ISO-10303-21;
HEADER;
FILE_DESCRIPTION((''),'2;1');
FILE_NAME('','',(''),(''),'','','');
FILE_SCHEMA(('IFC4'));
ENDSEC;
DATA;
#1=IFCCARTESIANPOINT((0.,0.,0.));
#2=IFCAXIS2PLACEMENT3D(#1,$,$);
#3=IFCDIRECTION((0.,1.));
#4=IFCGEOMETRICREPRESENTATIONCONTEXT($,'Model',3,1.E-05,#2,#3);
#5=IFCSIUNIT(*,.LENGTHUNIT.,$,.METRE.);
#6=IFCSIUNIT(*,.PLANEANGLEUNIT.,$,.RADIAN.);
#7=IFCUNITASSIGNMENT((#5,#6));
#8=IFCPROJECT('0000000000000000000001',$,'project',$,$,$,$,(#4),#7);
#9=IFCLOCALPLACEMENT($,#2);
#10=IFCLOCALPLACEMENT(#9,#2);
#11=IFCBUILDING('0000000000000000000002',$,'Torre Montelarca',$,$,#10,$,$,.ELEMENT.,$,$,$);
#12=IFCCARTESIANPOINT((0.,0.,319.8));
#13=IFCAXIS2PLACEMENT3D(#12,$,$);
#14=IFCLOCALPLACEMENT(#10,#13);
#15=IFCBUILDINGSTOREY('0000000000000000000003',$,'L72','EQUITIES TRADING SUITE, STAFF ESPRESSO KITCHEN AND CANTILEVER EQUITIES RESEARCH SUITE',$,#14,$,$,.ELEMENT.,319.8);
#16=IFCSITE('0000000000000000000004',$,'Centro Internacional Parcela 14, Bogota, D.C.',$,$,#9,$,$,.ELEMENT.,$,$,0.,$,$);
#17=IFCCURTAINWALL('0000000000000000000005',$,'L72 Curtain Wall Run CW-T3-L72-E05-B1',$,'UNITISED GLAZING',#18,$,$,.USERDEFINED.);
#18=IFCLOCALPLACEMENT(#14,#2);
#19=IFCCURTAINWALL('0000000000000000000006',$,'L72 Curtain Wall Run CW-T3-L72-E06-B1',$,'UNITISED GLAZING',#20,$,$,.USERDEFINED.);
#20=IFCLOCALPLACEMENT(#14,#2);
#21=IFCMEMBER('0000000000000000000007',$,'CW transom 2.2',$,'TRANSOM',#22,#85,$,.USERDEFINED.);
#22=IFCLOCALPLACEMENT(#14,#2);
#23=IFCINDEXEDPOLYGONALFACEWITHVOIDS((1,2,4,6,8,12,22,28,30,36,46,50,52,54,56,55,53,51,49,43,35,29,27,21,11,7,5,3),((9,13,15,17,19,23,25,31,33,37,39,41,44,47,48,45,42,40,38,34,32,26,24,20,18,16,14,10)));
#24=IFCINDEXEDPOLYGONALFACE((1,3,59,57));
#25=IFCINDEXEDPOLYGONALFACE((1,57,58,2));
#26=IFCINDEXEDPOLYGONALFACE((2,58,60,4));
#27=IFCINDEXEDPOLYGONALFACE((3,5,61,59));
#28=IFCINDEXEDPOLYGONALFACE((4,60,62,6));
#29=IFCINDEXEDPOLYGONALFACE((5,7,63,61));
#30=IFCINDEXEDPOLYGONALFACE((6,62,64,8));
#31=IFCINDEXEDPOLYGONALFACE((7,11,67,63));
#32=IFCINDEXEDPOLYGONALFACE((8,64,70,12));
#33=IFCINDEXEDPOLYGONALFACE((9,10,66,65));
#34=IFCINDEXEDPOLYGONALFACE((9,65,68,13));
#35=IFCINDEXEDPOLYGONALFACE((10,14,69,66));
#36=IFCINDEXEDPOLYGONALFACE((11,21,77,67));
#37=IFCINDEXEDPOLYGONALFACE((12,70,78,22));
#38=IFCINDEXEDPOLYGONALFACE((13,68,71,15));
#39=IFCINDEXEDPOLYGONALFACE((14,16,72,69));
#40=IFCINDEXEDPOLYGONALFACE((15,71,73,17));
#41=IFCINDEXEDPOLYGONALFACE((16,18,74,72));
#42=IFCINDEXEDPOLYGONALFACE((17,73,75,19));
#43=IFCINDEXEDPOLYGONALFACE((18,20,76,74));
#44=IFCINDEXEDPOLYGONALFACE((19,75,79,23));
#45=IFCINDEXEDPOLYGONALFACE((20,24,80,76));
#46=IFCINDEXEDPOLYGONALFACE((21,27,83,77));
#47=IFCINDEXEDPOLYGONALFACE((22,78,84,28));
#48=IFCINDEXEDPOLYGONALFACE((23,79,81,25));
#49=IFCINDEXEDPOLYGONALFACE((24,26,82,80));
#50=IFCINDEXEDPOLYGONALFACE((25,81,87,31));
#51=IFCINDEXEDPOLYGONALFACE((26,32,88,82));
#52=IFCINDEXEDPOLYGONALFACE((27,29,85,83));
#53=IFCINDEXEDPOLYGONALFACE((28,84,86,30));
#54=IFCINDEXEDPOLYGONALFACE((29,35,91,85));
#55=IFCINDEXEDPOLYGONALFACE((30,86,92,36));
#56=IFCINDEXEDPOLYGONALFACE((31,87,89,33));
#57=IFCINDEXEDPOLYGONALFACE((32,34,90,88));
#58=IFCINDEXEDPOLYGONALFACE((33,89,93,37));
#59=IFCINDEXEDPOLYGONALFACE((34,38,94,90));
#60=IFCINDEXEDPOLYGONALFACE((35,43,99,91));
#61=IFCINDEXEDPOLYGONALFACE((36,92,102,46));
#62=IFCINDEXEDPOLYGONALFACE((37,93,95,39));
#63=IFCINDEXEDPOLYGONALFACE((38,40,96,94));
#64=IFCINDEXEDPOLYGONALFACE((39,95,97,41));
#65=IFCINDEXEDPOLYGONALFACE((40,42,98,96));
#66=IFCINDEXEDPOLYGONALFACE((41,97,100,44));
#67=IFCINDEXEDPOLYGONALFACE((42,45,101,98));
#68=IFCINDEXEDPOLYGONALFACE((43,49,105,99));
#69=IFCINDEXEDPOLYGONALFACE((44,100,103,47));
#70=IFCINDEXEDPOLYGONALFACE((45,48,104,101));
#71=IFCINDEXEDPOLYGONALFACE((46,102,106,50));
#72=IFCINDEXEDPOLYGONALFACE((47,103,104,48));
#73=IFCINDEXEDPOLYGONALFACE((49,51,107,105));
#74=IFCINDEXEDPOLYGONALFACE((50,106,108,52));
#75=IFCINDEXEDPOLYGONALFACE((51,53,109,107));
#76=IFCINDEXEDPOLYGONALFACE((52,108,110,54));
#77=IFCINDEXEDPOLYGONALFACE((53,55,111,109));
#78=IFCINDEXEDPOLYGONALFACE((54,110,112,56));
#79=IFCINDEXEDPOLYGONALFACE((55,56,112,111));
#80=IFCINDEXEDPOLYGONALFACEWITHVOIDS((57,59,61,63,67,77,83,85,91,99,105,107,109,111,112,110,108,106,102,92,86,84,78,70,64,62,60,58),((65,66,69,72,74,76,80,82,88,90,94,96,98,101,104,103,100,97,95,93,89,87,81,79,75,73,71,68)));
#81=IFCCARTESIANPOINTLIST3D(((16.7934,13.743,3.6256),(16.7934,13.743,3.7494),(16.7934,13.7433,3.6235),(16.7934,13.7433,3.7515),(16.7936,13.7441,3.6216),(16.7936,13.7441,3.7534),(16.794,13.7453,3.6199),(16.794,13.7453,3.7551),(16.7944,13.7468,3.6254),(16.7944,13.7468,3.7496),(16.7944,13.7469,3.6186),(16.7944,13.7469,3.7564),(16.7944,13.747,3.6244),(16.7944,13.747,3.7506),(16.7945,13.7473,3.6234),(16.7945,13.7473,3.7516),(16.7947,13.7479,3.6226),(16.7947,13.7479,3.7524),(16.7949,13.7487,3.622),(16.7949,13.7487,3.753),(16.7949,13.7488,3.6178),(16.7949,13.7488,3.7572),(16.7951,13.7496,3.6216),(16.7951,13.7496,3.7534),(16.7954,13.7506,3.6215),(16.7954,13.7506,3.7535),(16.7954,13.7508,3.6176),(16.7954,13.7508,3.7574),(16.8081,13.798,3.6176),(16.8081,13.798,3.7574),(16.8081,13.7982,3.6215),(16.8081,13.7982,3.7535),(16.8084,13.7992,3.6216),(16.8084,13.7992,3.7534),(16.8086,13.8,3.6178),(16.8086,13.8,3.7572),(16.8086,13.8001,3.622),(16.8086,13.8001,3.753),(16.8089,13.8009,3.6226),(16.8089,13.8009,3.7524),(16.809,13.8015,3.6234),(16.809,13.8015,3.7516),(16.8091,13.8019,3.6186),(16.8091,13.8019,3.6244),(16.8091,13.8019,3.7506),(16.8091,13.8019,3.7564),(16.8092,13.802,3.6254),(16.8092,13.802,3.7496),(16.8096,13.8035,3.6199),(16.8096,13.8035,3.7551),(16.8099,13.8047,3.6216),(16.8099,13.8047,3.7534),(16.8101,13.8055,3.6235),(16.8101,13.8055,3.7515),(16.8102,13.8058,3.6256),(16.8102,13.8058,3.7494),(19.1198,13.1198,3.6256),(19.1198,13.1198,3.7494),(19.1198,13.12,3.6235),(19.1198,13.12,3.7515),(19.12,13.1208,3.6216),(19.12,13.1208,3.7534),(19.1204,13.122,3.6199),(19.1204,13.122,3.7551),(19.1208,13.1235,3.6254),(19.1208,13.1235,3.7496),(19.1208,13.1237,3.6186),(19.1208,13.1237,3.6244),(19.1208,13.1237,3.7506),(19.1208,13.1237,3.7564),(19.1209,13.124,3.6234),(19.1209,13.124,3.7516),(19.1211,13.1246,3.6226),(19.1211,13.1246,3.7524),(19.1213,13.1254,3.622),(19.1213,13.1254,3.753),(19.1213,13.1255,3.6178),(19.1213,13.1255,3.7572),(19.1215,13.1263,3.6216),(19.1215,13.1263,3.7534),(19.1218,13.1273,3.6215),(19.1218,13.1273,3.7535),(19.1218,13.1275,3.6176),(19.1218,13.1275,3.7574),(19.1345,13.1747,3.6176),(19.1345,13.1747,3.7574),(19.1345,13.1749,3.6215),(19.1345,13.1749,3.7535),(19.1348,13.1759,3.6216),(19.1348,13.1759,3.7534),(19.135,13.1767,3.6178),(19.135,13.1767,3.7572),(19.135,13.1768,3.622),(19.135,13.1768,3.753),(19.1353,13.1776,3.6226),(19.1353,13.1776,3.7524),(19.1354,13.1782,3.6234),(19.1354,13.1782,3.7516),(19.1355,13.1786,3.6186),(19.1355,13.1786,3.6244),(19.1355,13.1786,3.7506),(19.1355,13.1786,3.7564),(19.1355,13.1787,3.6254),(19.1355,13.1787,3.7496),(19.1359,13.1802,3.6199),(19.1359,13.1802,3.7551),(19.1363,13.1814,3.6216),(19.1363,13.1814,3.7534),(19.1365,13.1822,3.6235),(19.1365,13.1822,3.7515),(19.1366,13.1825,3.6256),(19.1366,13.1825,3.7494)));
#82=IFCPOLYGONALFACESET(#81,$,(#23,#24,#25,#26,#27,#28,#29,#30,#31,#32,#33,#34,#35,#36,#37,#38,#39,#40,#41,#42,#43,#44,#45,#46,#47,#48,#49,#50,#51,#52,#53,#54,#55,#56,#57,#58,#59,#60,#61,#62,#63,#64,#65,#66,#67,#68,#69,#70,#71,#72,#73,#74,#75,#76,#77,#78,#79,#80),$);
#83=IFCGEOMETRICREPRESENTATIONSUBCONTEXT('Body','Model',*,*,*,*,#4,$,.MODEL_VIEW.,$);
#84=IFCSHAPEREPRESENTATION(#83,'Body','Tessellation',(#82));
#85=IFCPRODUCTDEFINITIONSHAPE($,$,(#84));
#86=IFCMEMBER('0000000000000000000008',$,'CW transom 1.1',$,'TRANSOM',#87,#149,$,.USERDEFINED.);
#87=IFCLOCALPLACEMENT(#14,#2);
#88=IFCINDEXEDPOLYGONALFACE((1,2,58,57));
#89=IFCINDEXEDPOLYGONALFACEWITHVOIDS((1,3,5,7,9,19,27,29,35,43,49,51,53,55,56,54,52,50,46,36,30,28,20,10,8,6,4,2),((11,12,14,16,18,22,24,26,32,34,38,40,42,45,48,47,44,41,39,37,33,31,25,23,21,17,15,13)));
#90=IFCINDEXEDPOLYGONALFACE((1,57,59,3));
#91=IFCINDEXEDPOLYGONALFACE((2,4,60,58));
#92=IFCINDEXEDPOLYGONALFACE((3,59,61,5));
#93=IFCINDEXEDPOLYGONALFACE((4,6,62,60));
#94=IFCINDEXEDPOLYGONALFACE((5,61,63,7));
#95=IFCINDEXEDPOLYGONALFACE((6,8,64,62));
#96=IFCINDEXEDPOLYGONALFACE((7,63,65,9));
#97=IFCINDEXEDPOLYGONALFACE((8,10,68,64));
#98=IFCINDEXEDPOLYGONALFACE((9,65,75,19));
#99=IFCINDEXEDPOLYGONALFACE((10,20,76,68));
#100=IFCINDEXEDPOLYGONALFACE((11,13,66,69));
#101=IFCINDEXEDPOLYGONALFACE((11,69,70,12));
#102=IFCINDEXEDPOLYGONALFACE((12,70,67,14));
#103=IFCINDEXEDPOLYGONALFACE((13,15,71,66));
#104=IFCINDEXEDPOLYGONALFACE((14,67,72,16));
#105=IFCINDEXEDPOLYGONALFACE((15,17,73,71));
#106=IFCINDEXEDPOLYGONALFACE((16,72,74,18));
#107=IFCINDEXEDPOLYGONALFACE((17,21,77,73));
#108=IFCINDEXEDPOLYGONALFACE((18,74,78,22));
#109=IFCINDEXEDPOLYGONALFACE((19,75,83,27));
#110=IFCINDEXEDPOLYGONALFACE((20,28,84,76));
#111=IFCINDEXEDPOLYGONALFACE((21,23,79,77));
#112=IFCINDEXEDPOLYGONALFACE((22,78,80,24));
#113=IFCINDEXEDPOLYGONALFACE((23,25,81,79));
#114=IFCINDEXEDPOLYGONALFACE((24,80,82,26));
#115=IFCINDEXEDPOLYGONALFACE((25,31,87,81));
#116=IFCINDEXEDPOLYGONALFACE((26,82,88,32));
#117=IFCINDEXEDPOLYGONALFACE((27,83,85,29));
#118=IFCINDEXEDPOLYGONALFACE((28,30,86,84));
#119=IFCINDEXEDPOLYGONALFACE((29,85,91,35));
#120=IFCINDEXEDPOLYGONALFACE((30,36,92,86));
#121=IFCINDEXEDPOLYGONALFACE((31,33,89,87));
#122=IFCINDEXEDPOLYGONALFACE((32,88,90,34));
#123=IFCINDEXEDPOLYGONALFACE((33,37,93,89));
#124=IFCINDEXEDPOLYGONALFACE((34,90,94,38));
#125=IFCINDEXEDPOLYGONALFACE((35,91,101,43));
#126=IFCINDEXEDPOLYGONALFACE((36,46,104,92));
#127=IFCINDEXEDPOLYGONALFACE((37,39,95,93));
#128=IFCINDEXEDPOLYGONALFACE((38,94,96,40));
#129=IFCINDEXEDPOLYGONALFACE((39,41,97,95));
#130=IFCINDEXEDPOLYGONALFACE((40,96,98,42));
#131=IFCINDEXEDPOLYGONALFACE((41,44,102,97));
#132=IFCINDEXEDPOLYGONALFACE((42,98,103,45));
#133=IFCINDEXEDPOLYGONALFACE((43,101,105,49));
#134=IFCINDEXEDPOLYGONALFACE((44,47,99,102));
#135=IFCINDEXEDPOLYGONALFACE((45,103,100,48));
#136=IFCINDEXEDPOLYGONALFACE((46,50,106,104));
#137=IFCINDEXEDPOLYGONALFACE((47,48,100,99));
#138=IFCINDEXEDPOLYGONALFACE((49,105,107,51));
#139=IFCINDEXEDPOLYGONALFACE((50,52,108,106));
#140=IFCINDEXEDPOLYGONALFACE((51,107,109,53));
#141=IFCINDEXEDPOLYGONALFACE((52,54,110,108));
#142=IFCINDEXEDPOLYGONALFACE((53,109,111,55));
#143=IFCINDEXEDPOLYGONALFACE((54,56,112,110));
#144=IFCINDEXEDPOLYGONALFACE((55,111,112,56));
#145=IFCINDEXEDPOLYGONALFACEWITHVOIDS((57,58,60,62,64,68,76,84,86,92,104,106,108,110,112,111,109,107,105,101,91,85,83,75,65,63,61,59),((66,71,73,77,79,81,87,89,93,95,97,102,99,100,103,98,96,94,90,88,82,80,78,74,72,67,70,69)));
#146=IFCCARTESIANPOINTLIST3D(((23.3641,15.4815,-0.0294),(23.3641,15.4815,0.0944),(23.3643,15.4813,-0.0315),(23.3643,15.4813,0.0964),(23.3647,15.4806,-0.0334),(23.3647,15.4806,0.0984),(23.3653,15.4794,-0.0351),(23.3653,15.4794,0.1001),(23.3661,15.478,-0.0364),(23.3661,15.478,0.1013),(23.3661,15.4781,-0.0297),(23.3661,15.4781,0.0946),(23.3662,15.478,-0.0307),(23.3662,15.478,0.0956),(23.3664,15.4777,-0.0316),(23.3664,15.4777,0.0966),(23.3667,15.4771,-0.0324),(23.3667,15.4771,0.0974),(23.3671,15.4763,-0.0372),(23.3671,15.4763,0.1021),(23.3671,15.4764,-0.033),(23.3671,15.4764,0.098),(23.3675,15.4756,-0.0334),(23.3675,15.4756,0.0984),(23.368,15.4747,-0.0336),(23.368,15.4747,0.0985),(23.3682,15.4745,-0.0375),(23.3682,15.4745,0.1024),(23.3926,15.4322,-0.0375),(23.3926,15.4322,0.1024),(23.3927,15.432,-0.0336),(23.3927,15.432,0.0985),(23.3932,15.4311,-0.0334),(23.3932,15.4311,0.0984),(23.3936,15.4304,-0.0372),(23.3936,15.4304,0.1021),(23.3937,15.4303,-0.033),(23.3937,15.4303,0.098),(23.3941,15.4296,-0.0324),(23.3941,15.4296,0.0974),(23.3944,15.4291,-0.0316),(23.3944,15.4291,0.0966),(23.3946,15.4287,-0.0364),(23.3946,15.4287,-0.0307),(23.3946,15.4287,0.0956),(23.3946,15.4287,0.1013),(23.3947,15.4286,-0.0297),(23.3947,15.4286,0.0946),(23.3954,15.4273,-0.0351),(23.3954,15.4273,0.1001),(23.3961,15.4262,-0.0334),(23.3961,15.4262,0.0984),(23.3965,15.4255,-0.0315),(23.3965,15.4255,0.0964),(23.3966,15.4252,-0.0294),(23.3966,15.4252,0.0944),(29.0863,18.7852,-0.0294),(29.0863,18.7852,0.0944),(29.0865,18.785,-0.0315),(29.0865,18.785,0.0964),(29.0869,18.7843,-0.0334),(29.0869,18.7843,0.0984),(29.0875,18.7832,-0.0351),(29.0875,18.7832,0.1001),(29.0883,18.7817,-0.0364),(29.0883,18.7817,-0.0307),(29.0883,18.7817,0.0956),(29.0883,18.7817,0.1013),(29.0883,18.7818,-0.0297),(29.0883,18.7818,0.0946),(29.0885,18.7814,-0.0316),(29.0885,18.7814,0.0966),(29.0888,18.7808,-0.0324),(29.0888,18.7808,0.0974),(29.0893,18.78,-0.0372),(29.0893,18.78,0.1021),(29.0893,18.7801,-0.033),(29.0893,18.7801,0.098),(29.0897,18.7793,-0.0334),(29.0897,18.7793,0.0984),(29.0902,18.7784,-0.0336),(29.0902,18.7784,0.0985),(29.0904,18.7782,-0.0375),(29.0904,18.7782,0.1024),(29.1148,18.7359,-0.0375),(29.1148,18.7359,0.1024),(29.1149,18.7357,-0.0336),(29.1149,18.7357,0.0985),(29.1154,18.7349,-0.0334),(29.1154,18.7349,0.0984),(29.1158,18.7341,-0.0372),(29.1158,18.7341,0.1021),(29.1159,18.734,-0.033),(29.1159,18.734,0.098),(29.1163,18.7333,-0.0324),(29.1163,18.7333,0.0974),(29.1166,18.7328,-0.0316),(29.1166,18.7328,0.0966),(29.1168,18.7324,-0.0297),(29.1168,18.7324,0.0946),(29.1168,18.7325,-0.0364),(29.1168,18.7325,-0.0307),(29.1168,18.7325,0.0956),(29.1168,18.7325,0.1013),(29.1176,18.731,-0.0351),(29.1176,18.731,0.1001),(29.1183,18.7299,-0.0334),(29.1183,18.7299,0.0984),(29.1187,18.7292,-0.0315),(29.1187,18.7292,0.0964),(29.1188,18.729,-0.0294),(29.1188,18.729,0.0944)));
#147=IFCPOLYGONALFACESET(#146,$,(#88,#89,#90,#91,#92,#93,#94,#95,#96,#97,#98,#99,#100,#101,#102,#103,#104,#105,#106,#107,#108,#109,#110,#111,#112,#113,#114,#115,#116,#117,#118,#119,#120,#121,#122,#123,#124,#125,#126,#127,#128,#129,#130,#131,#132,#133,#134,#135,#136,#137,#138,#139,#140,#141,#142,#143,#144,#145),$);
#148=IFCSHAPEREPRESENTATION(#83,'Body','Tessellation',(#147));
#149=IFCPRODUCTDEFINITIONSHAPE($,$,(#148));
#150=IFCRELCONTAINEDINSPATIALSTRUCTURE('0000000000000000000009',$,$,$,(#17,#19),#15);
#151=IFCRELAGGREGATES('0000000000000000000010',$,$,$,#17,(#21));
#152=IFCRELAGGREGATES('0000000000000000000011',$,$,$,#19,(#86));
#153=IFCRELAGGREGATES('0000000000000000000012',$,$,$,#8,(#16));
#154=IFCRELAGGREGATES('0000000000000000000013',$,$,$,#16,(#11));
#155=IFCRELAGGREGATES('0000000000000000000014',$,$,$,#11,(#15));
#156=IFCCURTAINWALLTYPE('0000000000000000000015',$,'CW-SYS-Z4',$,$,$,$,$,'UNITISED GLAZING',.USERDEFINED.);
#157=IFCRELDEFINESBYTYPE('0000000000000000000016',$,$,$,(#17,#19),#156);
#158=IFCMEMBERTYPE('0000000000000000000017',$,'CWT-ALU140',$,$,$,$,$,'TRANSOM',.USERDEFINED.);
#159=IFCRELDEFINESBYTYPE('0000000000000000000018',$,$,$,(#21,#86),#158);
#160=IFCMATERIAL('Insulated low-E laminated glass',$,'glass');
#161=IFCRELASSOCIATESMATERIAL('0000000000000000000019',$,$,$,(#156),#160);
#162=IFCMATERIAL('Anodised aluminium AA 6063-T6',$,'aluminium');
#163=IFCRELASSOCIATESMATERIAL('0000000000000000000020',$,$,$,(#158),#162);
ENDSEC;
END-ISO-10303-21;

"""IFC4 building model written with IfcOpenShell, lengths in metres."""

from ifc_helpers import new_model, si_unit, direction, frame, origin, origin_2d, place, context, subcontext, project, spatial, hollow_rectangle, extrude, source, transform, mapped, material, material_profile, profile_set, type_object, element, aggregate, save


model = new_model("IFC4")

# Units and contexts
model_context = context("Model", 3, precision=1e-05, world=origin(), true_north=direction((0.0, 1.0)))
body_context = subcontext(model_context, "Body", "Model", "MODEL_VIEW")
ifc_project = project(units=[si_unit("LENGTHUNIT", "METRE"), si_unit("PLANEANGLEUNIT", "RADIAN")], contexts=[model_context])

# Site, building, storey
site_placement = place(None, origin())
site = spatial("IfcSite", under=ifc_project, at=site_placement, Name="Centro Internacional Parcela 14, Bogota, D.C.", CompositionType="ELEMENT", RefElevation=0.0)
building_placement = place(site_placement, origin())
building = spatial("IfcBuilding", under=site, at=building_placement, Name="Torre Montelarca", CompositionType="ELEMENT")
storey_placement = place(building_placement, frame((0.0, 0.0, 319.8)))
storey = spatial("IfcBuildingStorey", under=building, at=storey_placement, Name="L72", Description="EQUITIES TRADING SUITE, STAFF ESPRESSO KITCHEN AND CANTILEVER EQUITIES RESEARCH SUITE", CompositionType="ELEMENT", Elevation=319.8)

# Curtain wall
ifc_material_1 = material(Name="Insulated low-E laminated glass", Category="glass")
curtain_wall_type = type_object("IfcCurtainWallType", Name="CW-SYS-Z4", ElementType="UNITISED GLAZING", PredefinedType="USERDEFINED", material=ifc_material_1)
curtain_wall_1_placement = place(storey_placement, origin())
curtain_wall_1 = element("IfcCurtainWall", 1, at=curtain_wall_1_placement, inside=storey, type_object=curtain_wall_type, Name="L72 Curtain Wall Run CW-T3-L72-E05-B1", ObjectType="UNITISED GLAZING", PredefinedType="USERDEFINED")
ifc_material_2 = material(Name="Anodised aluminium AA 6063-T6", Category="aluminium")

# Curtain wall
curtain_wall_2_placement = place(storey_placement, origin())
curtain_wall_2 = element("IfcCurtainWall", 2, at=curtain_wall_2_placement, inside=storey, type_object=curtain_wall_type, Name="L72 Curtain Wall Run CW-T3-L72-E06-B1", ObjectType="UNITISED GLAZING", PredefinedType="USERDEFINED")

# Members
ifc_material_profile_1 = material_profile(ifc_material_2, hollow_rectangle(XDim=0.0649, YDim=0.1399, WallThickness=0.0039, InnerFilletRadius=0.0039, OuterFilletRadius=0.0081, at=origin_2d()), Name="ALU65X140X4", Category="aluminium")
ifc_profile_set_1 = profile_set([ifc_material_profile_1], Name="Anodised aluminium AA 6063-T6")
member_type_1 = type_object("IfcMemberType", Name="CWT-ALU140", ElementType="TRANSOM", PredefinedType="USERDEFINED", material=ifc_profile_set_1)
shared_shape_1 = source(origin(), body_context, "Body", "SweptSolid", [
    extrude(hollow_rectangle(XDim=0.0649, YDim=0.1399, WallThickness=0.0039, InnerFilletRadius=0.0039, OuterFilletRadius=0.0081, at=origin_2d()), origin(), (0.0, 0.0, 1.0), 2.4084),
])
member_1_placement = place(storey_placement, frame((16.8018, 13.7744, 3.6875), z_axis=(0.965933, -0.258792, 0.0), x_axis=(0.258792, 0.965933, 0.0)))
member_1 = element("IfcMember", 3, at=member_1_placement, type_object=member_type_1, Name="CW transom 2.2", ObjectType="TRANSOM", PredefinedType="USERDEFINED", context=body_context, shape_type="MappedRepresentation", body=[
    mapped(shared_shape_1, transform((0.0, 0.0, 0.0), scale=1.0)),
])
shared_shape_2 = source(origin(), body_context, "Body", "SweptSolid", [
    extrude(hollow_rectangle(XDim=0.0649, YDim=0.1399, WallThickness=0.0039, InnerFilletRadius=0.0039, OuterFilletRadius=0.0081, at=origin_2d()), origin(), (0.0, 0.0, 1.0), 6.6074),
])
member_2_placement = place(storey_placement, frame((23.3804, 15.4534, 0.0325), z_axis=(0.866024, 0.500002, 0.0), x_axis=(-0.500002, 0.866024, 0.0)))
member_2 = element("IfcMember", 4, at=member_2_placement, type_object=member_type_1, Name="CW transom 1.1", ObjectType="TRANSOM", PredefinedType="USERDEFINED", context=body_context, shape_type="MappedRepresentation", body=[
    mapped(shared_shape_2, transform((0.0, 0.0, 0.0), scale=1.0)),
])

aggregate(curtain_wall_1, [member_1])
aggregate(curtain_wall_2, [member_2])

save(model, "model.ifc")
